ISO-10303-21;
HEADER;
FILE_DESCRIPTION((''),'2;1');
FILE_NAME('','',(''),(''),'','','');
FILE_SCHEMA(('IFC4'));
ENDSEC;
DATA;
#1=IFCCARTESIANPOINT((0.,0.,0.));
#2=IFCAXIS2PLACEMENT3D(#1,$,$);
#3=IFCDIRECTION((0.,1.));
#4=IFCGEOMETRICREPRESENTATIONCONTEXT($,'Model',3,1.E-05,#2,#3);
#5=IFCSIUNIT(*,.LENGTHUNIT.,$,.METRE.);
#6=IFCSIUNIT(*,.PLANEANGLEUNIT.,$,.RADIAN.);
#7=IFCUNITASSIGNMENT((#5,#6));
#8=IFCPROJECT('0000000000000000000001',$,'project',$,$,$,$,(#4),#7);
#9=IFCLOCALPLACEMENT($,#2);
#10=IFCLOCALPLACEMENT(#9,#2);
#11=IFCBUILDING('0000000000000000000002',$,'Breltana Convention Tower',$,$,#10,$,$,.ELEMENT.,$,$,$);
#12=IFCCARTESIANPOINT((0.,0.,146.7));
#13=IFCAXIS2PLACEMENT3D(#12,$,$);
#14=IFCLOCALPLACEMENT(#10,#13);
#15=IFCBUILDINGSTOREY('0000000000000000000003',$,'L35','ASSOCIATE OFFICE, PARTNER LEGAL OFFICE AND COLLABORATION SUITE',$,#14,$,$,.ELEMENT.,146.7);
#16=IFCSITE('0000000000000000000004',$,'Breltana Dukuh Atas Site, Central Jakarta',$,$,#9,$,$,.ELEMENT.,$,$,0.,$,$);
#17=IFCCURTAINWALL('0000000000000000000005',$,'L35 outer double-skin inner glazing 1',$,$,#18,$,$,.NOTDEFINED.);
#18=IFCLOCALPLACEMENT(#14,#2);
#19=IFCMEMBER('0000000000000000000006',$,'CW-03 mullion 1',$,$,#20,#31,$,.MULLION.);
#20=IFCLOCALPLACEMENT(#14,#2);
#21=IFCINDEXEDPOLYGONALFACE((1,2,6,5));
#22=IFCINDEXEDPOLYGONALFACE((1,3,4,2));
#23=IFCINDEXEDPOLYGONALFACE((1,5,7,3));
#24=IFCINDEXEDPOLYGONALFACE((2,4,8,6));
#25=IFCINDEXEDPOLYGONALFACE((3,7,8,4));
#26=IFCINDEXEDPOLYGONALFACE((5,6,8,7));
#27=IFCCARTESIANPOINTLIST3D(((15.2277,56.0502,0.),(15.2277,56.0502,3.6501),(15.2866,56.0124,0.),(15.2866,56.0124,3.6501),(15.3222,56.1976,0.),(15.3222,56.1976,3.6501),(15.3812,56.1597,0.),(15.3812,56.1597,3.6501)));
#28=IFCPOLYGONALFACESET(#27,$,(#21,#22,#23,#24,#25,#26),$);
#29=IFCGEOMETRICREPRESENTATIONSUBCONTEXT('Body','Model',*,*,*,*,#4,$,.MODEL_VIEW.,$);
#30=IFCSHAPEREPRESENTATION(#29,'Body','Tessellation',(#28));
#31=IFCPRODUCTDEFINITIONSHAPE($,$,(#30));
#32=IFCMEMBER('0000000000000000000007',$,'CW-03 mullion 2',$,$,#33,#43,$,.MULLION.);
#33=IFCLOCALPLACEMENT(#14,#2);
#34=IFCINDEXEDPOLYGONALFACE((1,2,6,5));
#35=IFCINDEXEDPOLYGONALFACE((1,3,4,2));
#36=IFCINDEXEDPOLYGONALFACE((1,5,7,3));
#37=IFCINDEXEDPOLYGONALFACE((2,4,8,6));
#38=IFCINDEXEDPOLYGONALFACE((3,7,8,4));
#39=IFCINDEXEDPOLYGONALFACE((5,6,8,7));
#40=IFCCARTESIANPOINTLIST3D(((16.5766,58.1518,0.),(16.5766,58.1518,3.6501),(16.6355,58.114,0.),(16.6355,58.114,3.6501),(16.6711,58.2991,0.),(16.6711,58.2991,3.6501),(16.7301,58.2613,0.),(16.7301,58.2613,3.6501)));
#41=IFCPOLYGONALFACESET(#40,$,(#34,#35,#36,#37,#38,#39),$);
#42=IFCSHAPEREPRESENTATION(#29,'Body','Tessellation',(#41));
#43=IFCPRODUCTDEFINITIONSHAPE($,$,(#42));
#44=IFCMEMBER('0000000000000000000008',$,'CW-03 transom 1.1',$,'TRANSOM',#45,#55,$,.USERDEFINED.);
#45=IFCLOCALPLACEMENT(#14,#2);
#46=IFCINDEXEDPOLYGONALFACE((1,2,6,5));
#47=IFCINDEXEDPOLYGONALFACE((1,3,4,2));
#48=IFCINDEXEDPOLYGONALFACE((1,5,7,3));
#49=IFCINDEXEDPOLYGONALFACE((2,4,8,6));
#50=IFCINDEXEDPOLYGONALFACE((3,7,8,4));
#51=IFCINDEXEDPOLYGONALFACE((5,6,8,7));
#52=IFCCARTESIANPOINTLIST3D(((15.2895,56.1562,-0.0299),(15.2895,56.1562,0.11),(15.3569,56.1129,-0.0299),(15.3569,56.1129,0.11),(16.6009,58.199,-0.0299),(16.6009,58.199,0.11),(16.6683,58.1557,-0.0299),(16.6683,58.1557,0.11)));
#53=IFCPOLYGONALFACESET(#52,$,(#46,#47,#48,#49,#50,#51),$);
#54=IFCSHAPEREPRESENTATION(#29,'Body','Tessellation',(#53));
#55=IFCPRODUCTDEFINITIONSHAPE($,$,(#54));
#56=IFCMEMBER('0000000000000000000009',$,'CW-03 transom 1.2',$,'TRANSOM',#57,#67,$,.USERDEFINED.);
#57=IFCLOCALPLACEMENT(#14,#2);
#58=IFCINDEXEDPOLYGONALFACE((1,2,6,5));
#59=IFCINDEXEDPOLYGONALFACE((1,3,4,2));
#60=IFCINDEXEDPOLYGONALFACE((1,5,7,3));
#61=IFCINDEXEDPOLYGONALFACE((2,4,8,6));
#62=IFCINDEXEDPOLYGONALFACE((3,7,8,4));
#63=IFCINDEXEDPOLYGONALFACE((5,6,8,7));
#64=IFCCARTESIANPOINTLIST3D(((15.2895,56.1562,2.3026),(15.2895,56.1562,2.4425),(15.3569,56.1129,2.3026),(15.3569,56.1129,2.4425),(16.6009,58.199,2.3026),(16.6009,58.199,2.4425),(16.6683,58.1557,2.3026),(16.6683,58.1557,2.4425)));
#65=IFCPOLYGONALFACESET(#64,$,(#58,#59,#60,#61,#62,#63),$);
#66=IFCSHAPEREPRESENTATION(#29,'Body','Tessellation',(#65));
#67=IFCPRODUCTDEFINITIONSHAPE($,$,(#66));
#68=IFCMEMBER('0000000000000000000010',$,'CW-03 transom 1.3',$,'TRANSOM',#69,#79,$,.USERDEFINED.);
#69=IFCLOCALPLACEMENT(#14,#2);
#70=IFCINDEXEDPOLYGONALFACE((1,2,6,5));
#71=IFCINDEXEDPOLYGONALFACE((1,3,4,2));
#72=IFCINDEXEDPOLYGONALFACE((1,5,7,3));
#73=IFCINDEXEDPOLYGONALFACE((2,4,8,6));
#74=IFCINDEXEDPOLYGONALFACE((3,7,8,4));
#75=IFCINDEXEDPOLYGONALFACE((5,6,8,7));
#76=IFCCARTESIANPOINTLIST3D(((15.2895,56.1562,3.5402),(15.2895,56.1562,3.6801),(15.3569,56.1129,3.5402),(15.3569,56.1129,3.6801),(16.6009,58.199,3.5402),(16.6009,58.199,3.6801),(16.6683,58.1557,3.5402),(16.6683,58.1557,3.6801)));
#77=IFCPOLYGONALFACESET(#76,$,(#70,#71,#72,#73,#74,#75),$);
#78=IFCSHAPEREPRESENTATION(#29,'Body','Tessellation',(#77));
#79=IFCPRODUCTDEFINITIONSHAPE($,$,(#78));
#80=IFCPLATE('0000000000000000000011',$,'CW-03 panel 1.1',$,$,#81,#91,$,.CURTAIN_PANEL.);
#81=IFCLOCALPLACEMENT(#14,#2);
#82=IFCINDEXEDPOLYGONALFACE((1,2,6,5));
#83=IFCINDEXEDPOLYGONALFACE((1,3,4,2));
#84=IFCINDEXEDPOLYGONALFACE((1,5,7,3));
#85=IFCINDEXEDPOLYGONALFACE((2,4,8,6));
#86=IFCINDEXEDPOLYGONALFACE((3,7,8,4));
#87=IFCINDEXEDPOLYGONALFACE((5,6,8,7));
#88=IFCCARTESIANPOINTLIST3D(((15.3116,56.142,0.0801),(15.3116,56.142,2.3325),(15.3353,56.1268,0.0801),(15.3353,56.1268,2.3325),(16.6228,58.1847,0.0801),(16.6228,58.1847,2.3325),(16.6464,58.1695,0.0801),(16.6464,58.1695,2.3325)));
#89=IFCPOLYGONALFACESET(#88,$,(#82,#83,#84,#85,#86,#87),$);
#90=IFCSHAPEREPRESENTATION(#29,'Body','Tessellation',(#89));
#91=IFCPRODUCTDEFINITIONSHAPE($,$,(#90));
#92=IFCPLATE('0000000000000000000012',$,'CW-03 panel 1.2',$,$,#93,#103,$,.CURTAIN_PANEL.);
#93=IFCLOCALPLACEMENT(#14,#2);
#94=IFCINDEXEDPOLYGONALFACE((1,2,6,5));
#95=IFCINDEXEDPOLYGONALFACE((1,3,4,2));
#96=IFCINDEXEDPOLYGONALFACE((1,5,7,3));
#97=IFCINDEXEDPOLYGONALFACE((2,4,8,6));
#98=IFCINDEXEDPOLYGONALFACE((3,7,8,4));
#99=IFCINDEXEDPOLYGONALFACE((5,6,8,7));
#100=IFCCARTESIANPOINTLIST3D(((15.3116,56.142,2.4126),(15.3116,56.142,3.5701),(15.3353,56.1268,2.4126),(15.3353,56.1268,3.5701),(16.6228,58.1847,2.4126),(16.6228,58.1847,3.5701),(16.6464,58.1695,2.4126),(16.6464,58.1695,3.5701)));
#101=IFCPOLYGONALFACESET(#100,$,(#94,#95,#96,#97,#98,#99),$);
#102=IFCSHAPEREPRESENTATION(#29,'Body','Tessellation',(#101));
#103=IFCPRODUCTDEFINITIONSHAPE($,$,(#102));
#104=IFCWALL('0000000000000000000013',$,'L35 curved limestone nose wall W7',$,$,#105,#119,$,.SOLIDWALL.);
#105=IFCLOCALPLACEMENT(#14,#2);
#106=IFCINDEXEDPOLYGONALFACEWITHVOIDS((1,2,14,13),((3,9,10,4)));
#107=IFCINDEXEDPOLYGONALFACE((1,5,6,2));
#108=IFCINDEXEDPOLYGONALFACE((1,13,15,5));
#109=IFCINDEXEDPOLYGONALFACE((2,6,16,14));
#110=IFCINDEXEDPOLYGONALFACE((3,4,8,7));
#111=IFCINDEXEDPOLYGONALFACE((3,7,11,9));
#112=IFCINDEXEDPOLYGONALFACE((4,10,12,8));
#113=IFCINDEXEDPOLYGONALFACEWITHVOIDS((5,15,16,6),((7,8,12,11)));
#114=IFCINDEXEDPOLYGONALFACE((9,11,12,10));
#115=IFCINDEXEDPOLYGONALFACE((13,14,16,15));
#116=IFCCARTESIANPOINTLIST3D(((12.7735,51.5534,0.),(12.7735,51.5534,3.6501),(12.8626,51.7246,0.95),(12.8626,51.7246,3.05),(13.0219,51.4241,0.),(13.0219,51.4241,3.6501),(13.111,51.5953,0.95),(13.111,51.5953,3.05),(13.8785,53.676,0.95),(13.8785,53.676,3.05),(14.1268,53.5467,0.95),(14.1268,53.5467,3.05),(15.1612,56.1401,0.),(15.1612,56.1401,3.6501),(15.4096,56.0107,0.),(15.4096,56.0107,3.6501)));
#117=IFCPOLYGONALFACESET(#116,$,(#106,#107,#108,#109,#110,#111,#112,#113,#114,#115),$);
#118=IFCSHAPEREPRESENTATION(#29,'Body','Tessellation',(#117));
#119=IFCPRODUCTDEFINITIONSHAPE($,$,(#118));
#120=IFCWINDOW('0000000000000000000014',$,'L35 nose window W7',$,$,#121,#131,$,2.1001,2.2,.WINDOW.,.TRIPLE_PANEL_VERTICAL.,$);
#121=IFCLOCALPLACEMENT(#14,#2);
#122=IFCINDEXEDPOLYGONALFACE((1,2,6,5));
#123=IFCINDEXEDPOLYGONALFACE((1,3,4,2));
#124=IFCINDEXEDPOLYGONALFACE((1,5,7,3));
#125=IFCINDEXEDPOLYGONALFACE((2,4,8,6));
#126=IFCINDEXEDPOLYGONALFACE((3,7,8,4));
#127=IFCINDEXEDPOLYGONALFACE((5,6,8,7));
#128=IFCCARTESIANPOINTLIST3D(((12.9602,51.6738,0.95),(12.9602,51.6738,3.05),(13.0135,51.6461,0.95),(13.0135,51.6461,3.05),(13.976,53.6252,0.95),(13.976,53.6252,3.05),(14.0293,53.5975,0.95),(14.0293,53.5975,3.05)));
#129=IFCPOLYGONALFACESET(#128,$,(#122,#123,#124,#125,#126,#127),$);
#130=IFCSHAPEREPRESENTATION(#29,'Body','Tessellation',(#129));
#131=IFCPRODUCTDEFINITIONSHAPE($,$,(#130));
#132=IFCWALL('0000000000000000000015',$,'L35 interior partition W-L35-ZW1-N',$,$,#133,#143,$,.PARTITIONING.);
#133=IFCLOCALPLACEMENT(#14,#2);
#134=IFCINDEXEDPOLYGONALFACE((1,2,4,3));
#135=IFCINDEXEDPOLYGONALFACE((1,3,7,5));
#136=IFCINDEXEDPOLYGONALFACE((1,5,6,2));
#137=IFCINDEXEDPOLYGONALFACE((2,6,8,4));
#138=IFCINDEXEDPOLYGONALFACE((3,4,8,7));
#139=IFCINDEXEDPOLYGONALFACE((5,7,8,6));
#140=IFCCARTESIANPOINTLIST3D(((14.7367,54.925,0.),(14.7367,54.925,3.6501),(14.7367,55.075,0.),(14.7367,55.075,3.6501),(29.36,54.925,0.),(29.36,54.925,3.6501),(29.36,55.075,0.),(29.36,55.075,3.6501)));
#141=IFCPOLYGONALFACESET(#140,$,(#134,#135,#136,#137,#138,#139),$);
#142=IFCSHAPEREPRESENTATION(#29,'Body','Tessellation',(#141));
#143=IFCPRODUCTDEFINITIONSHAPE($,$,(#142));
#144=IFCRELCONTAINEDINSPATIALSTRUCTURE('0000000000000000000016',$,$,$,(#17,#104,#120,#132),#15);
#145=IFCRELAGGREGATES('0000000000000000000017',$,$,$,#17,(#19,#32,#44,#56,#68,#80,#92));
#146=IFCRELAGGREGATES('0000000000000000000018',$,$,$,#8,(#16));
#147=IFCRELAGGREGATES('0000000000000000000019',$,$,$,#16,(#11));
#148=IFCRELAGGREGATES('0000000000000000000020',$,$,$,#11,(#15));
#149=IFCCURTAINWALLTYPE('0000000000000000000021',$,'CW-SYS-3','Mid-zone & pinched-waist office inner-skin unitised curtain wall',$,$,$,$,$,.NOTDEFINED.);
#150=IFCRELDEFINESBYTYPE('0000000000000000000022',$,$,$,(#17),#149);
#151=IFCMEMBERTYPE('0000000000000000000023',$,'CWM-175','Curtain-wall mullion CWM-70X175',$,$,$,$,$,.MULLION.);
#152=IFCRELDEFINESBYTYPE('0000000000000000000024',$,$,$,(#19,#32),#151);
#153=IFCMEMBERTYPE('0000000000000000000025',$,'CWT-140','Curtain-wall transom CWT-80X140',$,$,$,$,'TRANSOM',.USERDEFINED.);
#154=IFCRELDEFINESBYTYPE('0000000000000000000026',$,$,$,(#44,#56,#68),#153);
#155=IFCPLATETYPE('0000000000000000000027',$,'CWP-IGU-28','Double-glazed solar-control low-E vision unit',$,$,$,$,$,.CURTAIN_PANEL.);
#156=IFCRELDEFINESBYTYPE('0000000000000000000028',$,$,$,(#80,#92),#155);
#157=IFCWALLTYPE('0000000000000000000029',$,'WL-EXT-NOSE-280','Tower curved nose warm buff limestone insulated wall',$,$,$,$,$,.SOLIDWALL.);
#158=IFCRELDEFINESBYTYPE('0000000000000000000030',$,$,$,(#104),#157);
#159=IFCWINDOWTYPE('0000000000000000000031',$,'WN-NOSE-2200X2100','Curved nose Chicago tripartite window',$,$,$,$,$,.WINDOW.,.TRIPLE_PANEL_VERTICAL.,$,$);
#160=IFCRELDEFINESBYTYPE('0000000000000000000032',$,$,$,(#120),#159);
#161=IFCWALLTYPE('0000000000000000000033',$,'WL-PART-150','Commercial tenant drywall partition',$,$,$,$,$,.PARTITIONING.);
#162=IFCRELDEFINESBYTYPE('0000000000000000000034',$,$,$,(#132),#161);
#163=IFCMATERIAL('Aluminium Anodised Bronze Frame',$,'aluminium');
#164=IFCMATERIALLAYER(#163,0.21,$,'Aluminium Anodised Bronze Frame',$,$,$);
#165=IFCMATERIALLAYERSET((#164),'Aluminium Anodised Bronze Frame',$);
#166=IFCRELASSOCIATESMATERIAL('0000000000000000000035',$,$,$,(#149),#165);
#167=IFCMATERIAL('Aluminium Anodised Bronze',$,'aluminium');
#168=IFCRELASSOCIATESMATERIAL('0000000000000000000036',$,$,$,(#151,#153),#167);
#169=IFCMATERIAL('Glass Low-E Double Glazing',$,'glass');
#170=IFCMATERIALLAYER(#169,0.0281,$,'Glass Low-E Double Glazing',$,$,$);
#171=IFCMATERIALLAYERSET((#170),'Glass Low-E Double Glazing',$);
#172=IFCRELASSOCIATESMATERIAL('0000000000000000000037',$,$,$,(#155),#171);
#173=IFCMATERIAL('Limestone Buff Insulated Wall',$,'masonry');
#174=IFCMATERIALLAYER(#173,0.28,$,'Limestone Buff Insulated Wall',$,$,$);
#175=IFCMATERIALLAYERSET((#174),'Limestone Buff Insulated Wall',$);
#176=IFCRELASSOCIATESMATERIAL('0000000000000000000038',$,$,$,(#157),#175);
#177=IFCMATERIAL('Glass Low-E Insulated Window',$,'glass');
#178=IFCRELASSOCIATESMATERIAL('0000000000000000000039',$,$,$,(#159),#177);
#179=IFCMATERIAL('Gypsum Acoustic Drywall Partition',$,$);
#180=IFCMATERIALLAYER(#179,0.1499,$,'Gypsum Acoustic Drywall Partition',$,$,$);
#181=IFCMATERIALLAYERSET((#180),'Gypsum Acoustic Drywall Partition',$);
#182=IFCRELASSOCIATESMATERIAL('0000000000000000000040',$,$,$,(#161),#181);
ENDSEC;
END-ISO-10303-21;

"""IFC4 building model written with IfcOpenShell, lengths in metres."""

from ifc_helpers import new_model, si_unit, direction, frame, frame_2d, origin, origin_2d, place, context, subcontext, project, spatial, rectangle, extrude, source, transform, mapped, material, layer, layer_set, material_profile, profile_set, type_object, type_shapes, element, fill, aggregate, save


model = new_model("IFC4")

# Units and contexts
model_context = context("Model", 3, precision=1e-05, world=origin(), true_north=direction((0.0, 1.0)))
body_context = subcontext(model_context, "Body", "Model", "MODEL_VIEW")
ifc_project = project(units=[si_unit("LENGTHUNIT", "METRE"), si_unit("PLANEANGLEUNIT", "RADIAN")], contexts=[model_context])

# Site, building, storey
site_placement = place(None, origin())
site = spatial("IfcSite", under=ifc_project, at=site_placement, Name="Breltana Dukuh Atas Site, Central Jakarta", CompositionType="ELEMENT", RefElevation=0.0)
building_placement = place(site_placement, origin())
building = spatial("IfcBuilding", under=site, at=building_placement, Name="Breltana Convention Tower", CompositionType="ELEMENT")
storey_placement = place(building_placement, frame((0.0, 0.0, 146.7)))
storey = spatial("IfcBuildingStorey", under=building, at=storey_placement, Name="L35", Description="ASSOCIATE OFFICE, PARTNER LEGAL OFFICE AND COLLABORATION SUITE", CompositionType="ELEMENT", Elevation=146.7)

# Shared definitions
ifc_material_1 = material(Name="Aluminium Anodised Bronze Frame", Category="aluminium")
ifc_material_2 = material(Name="Aluminium Anodised Bronze", Category="aluminium")

# Curtain wall, members, plates
ifc_layer_1 = layer(ifc_material_1, 0.21, Name="Aluminium Anodised Bronze Frame")
ifc_layer_set_1 = layer_set([ifc_layer_1], Name="Aluminium Anodised Bronze Frame")
curtain_wall_type_1 = type_object("IfcCurtainWallType", Name="CW-SYS-3", Description="Mid-zone & pinched-waist office inner-skin unitised curtain wall", PredefinedType="NOTDEFINED", material=ifc_layer_set_1)
curtain_wall_1_placement = place(storey_placement, origin())
curtain_wall_1 = element("IfcCurtainWall", 1, at=curtain_wall_1_placement, inside=storey, type_object=curtain_wall_type_1, Name="L35 outer double-skin inner glazing 1", PredefinedType="NOTDEFINED")
ifc_material_profile_1 = material_profile(ifc_material_2, rectangle(XDim=0.0701, YDim=0.175, at=origin_2d()), Name="CWM-70X175")
ifc_profile_set_1 = profile_set([ifc_material_profile_1], Name="Aluminium Anodised Bronze")
member_type_1 = type_object("IfcMemberType", Name="CWM-175", Description="Curtain-wall mullion CWM-70X175", PredefinedType="MULLION", material=ifc_profile_set_1)
shared_shape_1 = source(origin(), body_context, "Body", "SweptSolid", [
    extrude(rectangle(XDim=0.0701, YDim=0.175, at=origin_2d()), origin(), (0.0, 0.0, 1.0), 3.6501),
])
member_1_placement = place(storey_placement, frame((15.3044, 56.105, 0.0), z_axis=(0.0, 0.0, 1.0), x_axis=(-0.841554, 0.540173, 0.0)))
member_1 = element("IfcMember", 2, at=member_1_placement, type_object=member_type_1, Name="CW-03 mullion 1", PredefinedType="MULLION", context=body_context, shape_type="MappedRepresentation", body=[
    mapped(shared_shape_1, transform((0.0, 0.0, 0.0), scale=1.0)),
])
member_2_placement = place(storey_placement, frame((16.6533, 58.2065, 0.0), z_axis=(0.0, 0.0, 1.0), x_axis=(-0.841554, 0.540173, 0.0)))
member_2 = element("IfcMember", 3, at=member_2_placement, type_object=member_type_1, Name="CW-03 mullion 2", PredefinedType="MULLION", context=body_context, shape_type="MappedRepresentation", body=[
    mapped(shared_shape_1, transform((0.0, 0.0, 0.0), scale=1.0)),
])
ifc_material_profile_2 = material_profile(ifc_material_2, rectangle(XDim=0.0801, YDim=0.1399, at=origin_2d()), Name="CWT-80X140")
ifc_profile_set_2 = profile_set([ifc_material_profile_2], Name="Aluminium Anodised Bronze")
member_type_2 = type_object("IfcMemberType", Name="CWT-140", Description="Curtain-wall transom CWT-80X140", ElementType="TRANSOM", PredefinedType="USERDEFINED", material=ifc_profile_set_2)
shared_shape_2 = source(origin(), body_context, "Body", "SweptSolid", [
    extrude(rectangle(XDim=0.0801, YDim=0.1399, at=origin_2d()), origin(), (0.0, 0.0, 1.0), 2.4275),
])
member_3_placement = place(storey_placement, frame((15.3232, 56.1345, 0.04), z_axis=(0.540203, 0.841534, 0.0), x_axis=(-0.841534, 0.540203, 0.0)))
member_3 = element("IfcMember", 4, at=member_3_placement, type_object=member_type_2, Name="CW-03 transom 1.1", ObjectType="TRANSOM", PredefinedType="USERDEFINED", context=body_context, shape_type="MappedRepresentation", body=[
    mapped(shared_shape_2, transform((0.0, 0.0, 0.0), scale=1.0)),
])
member_4_placement = place(storey_placement, frame((15.3232, 56.1345, 2.3726), z_axis=(0.540203, 0.841534, 0.0), x_axis=(-0.841534, 0.540203, 0.0)))
member_4 = element("IfcMember", 5, at=member_4_placement, type_object=member_type_2, Name="CW-03 transom 1.2", ObjectType="TRANSOM", PredefinedType="USERDEFINED", context=body_context, shape_type="MappedRepresentation", body=[
    mapped(shared_shape_2, transform((0.0, 0.0, 0.0), scale=1.0)),
])
member_5_placement = place(storey_placement, frame((15.3232, 56.1345, 3.6101), z_axis=(0.540203, 0.841534, 0.0), x_axis=(-0.841534, 0.540203, 0.0)))
member_5 = element("IfcMember", 6, at=member_5_placement, type_object=member_type_2, Name="CW-03 transom 1.3", ObjectType="TRANSOM", PredefinedType="USERDEFINED", context=body_context, shape_type="MappedRepresentation", body=[
    mapped(shared_shape_2, transform((0.0, 0.0, 0.0), scale=1.0)),
])
ifc_material_3 = material(Name="Glass Low-E Double Glazing", Category="glass")
ifc_layer_2 = layer(ifc_material_3, 0.0281, Name="Glass Low-E Double Glazing")
ifc_layer_set_2 = layer_set([ifc_layer_2], Name="Glass Low-E Double Glazing")
plate_type = type_object("IfcPlateType", Name="CWP-IGU-28", Description="Double-glazed solar-control low-E vision unit", PredefinedType="CURTAIN_PANEL", material=ifc_layer_set_2)
shared_shape_3 = source(origin(), body_context, "Body", "SweptSolid", [
    extrude(rectangle(XDim=2.4272, YDim=0.0281, at=origin_2d()), origin(), (0.0, 0.0, 1.0), 2.2524),
])
plate_1_placement = place(storey_placement, frame((15.979, 57.1558, 0.0801), z_axis=(0.0, 0.0, 1.0), x_axis=(0.540173, 0.841554, 0.0)))
plate_1 = element("IfcPlate", 7, at=plate_1_placement, type_object=plate_type, Name="CW-03 panel 1.1", PredefinedType="CURTAIN_PANEL", context=body_context, shape_type="MappedRepresentation", body=[
    mapped(shared_shape_3, transform((0.0, 0.0, 0.0), scale=1.0)),
])
shared_shape_4 = source(origin(), body_context, "Body", "SweptSolid", [
    extrude(rectangle(XDim=2.4272, YDim=0.0281, at=origin_2d()), origin(), (0.0, 0.0, 1.0), 1.1575),
])
plate_2_placement = place(storey_placement, frame((15.979, 57.1558, 2.4126), z_axis=(0.0, 0.0, 1.0), x_axis=(0.540173, 0.841554, 0.0)))
plate_2 = element("IfcPlate", 8, at=plate_2_placement, type_object=plate_type, Name="CW-03 panel 1.2", PredefinedType="CURTAIN_PANEL", context=body_context, shape_type="MappedRepresentation", body=[
    mapped(shared_shape_4, transform((0.0, 0.0, 0.0), scale=1.0)),
])
aggregate(curtain_wall_1, [member_1, member_2, member_3, member_4, member_5, plate_1, plate_2])

# Wall, opening, window
ifc_material_4 = material(Name="Limestone Buff Insulated Wall", Category="masonry")
ifc_layer_3 = layer(ifc_material_4, 0.28, Name="Limestone Buff Insulated Wall")
ifc_layer_set_3 = layer_set([ifc_layer_3], Name="Limestone Buff Insulated Wall")
wall_type_1 = type_object("IfcWallType", Name="WL-EXT-NOSE-280", Description="Tower curved nose warm buff limestone insulated wall", PredefinedType="SOLIDWALL", material=ifc_layer_set_3)
shared_shape_5 = source(origin(), body_context, "Body", "SweptSolid", [
    extrude(rectangle(XDim=5.1709, YDim=0.28, at=frame_2d((2.5854, 0.0))), origin(), (0.0, 0.0, 1.0), 3.6501),
])
wall_1_placement = place(storey_placement, frame((12.8977, 51.4888, 0.0), z_axis=(0.0, 0.0, 1.0), x_axis=(0.461753, 0.887009, 0.0)))
wall_1 = element("IfcWall", 9, at=wall_1_placement, inside=storey, type_object=wall_type_1, Name="L35 curved limestone nose wall W7", PredefinedType="SOLIDWALL", context=body_context, shape_type="MappedRepresentation", body=[
    mapped(shared_shape_5, transform((0.0, 0.0, 0.0), scale=1.0)),
])
opening_1_placement = place(wall_1_placement, frame((0.1929, 0.0, 0.95)))
opening_1 = element("IfcOpeningElement", 10, at=opening_1_placement, cuts=wall_1, PredefinedType="OPENING", context=body_context, shape_type="SweptSolid", body=[
    extrude(rectangle(XDim=2.2, YDim=2.1001, at=frame_2d((1.1001, 1.05))), frame((0.0, 0.1499, 0.0), z_axis=(0.0, -1.0, 0.0), x_axis=(1.0, 0.0, 0.0)), (0.0, 0.0, 1.0), 0.3),
])
ifc_material_5 = material(Name="Glass Low-E Insulated Window", Category="glass")
window_type = type_object("IfcWindowType", Name="WN-NOSE-2200X2100", Description="Curved nose Chicago tripartite window", PartitioningType="TRIPLE_PANEL_VERTICAL", PredefinedType="WINDOW", material=ifc_material_5)
shared_shape_6 = source(origin(), body_context, "Body", "SweptSolid", [
    extrude(rectangle(XDim=2.2, YDim=2.1001, at=frame_2d((1.1001, 1.05))), frame((0.0, 0.03, 0.0), z_axis=(0.0, -1.0, 0.0), x_axis=(1.0, 0.0, 0.0)), (0.0, 0.0, 1.0), 0.0601),
])
type_shapes(window_type, [shared_shape_6])
window_placement = place(opening_1_placement, origin())
window = element("IfcWindow", 11, at=window_placement, inside=storey, type_object=window_type, Name="L35 nose window W7", OverallHeight=2.1001, OverallWidth=2.2, PartitioningType="TRIPLE_PANEL_VERTICAL", PredefinedType="WINDOW", context=body_context, shape_type="MappedRepresentation", body=[
    mapped(shared_shape_6, transform((0.0, 0.0, 0.0), scale=1.0)),
])
fill(opening_1, window)

# Wall
ifc_material_6 = material(Name="Gypsum Acoustic Drywall Partition")
ifc_layer_4 = layer(ifc_material_6, 0.1499, Name="Gypsum Acoustic Drywall Partition")
ifc_layer_set_4 = layer_set([ifc_layer_4], Name="Gypsum Acoustic Drywall Partition")
wall_type_2 = type_object("IfcWallType", Name="WL-PART-150", Description="Commercial tenant drywall partition", PredefinedType="PARTITIONING", material=ifc_layer_set_4)
shared_shape_7 = source(origin(), body_context, "Body", "SweptSolid", [
    extrude(rectangle(XDim=14.6233, YDim=0.1499, at=frame_2d((7.3115, 0.0))), origin(), (0.0, 0.0, 1.0), 3.6501),
])
wall_2_placement = place(storey_placement, frame((14.7368, 55.0, 0.0), z_axis=(0.0, 0.0, 1.0), x_axis=(1.0, 0.0, 0.0)))
element("IfcWall", 12, at=wall_2_placement, inside=storey, type_object=wall_type_2, Name="L35 interior partition W-L35-ZW1-N", PredefinedType="PARTITIONING", context=body_context, shape_type="MappedRepresentation", body=[
    mapped(shared_shape_7, transform((0.0, 0.0, 0.0), scale=1.0)),
])

save(model, "model.ifc")
